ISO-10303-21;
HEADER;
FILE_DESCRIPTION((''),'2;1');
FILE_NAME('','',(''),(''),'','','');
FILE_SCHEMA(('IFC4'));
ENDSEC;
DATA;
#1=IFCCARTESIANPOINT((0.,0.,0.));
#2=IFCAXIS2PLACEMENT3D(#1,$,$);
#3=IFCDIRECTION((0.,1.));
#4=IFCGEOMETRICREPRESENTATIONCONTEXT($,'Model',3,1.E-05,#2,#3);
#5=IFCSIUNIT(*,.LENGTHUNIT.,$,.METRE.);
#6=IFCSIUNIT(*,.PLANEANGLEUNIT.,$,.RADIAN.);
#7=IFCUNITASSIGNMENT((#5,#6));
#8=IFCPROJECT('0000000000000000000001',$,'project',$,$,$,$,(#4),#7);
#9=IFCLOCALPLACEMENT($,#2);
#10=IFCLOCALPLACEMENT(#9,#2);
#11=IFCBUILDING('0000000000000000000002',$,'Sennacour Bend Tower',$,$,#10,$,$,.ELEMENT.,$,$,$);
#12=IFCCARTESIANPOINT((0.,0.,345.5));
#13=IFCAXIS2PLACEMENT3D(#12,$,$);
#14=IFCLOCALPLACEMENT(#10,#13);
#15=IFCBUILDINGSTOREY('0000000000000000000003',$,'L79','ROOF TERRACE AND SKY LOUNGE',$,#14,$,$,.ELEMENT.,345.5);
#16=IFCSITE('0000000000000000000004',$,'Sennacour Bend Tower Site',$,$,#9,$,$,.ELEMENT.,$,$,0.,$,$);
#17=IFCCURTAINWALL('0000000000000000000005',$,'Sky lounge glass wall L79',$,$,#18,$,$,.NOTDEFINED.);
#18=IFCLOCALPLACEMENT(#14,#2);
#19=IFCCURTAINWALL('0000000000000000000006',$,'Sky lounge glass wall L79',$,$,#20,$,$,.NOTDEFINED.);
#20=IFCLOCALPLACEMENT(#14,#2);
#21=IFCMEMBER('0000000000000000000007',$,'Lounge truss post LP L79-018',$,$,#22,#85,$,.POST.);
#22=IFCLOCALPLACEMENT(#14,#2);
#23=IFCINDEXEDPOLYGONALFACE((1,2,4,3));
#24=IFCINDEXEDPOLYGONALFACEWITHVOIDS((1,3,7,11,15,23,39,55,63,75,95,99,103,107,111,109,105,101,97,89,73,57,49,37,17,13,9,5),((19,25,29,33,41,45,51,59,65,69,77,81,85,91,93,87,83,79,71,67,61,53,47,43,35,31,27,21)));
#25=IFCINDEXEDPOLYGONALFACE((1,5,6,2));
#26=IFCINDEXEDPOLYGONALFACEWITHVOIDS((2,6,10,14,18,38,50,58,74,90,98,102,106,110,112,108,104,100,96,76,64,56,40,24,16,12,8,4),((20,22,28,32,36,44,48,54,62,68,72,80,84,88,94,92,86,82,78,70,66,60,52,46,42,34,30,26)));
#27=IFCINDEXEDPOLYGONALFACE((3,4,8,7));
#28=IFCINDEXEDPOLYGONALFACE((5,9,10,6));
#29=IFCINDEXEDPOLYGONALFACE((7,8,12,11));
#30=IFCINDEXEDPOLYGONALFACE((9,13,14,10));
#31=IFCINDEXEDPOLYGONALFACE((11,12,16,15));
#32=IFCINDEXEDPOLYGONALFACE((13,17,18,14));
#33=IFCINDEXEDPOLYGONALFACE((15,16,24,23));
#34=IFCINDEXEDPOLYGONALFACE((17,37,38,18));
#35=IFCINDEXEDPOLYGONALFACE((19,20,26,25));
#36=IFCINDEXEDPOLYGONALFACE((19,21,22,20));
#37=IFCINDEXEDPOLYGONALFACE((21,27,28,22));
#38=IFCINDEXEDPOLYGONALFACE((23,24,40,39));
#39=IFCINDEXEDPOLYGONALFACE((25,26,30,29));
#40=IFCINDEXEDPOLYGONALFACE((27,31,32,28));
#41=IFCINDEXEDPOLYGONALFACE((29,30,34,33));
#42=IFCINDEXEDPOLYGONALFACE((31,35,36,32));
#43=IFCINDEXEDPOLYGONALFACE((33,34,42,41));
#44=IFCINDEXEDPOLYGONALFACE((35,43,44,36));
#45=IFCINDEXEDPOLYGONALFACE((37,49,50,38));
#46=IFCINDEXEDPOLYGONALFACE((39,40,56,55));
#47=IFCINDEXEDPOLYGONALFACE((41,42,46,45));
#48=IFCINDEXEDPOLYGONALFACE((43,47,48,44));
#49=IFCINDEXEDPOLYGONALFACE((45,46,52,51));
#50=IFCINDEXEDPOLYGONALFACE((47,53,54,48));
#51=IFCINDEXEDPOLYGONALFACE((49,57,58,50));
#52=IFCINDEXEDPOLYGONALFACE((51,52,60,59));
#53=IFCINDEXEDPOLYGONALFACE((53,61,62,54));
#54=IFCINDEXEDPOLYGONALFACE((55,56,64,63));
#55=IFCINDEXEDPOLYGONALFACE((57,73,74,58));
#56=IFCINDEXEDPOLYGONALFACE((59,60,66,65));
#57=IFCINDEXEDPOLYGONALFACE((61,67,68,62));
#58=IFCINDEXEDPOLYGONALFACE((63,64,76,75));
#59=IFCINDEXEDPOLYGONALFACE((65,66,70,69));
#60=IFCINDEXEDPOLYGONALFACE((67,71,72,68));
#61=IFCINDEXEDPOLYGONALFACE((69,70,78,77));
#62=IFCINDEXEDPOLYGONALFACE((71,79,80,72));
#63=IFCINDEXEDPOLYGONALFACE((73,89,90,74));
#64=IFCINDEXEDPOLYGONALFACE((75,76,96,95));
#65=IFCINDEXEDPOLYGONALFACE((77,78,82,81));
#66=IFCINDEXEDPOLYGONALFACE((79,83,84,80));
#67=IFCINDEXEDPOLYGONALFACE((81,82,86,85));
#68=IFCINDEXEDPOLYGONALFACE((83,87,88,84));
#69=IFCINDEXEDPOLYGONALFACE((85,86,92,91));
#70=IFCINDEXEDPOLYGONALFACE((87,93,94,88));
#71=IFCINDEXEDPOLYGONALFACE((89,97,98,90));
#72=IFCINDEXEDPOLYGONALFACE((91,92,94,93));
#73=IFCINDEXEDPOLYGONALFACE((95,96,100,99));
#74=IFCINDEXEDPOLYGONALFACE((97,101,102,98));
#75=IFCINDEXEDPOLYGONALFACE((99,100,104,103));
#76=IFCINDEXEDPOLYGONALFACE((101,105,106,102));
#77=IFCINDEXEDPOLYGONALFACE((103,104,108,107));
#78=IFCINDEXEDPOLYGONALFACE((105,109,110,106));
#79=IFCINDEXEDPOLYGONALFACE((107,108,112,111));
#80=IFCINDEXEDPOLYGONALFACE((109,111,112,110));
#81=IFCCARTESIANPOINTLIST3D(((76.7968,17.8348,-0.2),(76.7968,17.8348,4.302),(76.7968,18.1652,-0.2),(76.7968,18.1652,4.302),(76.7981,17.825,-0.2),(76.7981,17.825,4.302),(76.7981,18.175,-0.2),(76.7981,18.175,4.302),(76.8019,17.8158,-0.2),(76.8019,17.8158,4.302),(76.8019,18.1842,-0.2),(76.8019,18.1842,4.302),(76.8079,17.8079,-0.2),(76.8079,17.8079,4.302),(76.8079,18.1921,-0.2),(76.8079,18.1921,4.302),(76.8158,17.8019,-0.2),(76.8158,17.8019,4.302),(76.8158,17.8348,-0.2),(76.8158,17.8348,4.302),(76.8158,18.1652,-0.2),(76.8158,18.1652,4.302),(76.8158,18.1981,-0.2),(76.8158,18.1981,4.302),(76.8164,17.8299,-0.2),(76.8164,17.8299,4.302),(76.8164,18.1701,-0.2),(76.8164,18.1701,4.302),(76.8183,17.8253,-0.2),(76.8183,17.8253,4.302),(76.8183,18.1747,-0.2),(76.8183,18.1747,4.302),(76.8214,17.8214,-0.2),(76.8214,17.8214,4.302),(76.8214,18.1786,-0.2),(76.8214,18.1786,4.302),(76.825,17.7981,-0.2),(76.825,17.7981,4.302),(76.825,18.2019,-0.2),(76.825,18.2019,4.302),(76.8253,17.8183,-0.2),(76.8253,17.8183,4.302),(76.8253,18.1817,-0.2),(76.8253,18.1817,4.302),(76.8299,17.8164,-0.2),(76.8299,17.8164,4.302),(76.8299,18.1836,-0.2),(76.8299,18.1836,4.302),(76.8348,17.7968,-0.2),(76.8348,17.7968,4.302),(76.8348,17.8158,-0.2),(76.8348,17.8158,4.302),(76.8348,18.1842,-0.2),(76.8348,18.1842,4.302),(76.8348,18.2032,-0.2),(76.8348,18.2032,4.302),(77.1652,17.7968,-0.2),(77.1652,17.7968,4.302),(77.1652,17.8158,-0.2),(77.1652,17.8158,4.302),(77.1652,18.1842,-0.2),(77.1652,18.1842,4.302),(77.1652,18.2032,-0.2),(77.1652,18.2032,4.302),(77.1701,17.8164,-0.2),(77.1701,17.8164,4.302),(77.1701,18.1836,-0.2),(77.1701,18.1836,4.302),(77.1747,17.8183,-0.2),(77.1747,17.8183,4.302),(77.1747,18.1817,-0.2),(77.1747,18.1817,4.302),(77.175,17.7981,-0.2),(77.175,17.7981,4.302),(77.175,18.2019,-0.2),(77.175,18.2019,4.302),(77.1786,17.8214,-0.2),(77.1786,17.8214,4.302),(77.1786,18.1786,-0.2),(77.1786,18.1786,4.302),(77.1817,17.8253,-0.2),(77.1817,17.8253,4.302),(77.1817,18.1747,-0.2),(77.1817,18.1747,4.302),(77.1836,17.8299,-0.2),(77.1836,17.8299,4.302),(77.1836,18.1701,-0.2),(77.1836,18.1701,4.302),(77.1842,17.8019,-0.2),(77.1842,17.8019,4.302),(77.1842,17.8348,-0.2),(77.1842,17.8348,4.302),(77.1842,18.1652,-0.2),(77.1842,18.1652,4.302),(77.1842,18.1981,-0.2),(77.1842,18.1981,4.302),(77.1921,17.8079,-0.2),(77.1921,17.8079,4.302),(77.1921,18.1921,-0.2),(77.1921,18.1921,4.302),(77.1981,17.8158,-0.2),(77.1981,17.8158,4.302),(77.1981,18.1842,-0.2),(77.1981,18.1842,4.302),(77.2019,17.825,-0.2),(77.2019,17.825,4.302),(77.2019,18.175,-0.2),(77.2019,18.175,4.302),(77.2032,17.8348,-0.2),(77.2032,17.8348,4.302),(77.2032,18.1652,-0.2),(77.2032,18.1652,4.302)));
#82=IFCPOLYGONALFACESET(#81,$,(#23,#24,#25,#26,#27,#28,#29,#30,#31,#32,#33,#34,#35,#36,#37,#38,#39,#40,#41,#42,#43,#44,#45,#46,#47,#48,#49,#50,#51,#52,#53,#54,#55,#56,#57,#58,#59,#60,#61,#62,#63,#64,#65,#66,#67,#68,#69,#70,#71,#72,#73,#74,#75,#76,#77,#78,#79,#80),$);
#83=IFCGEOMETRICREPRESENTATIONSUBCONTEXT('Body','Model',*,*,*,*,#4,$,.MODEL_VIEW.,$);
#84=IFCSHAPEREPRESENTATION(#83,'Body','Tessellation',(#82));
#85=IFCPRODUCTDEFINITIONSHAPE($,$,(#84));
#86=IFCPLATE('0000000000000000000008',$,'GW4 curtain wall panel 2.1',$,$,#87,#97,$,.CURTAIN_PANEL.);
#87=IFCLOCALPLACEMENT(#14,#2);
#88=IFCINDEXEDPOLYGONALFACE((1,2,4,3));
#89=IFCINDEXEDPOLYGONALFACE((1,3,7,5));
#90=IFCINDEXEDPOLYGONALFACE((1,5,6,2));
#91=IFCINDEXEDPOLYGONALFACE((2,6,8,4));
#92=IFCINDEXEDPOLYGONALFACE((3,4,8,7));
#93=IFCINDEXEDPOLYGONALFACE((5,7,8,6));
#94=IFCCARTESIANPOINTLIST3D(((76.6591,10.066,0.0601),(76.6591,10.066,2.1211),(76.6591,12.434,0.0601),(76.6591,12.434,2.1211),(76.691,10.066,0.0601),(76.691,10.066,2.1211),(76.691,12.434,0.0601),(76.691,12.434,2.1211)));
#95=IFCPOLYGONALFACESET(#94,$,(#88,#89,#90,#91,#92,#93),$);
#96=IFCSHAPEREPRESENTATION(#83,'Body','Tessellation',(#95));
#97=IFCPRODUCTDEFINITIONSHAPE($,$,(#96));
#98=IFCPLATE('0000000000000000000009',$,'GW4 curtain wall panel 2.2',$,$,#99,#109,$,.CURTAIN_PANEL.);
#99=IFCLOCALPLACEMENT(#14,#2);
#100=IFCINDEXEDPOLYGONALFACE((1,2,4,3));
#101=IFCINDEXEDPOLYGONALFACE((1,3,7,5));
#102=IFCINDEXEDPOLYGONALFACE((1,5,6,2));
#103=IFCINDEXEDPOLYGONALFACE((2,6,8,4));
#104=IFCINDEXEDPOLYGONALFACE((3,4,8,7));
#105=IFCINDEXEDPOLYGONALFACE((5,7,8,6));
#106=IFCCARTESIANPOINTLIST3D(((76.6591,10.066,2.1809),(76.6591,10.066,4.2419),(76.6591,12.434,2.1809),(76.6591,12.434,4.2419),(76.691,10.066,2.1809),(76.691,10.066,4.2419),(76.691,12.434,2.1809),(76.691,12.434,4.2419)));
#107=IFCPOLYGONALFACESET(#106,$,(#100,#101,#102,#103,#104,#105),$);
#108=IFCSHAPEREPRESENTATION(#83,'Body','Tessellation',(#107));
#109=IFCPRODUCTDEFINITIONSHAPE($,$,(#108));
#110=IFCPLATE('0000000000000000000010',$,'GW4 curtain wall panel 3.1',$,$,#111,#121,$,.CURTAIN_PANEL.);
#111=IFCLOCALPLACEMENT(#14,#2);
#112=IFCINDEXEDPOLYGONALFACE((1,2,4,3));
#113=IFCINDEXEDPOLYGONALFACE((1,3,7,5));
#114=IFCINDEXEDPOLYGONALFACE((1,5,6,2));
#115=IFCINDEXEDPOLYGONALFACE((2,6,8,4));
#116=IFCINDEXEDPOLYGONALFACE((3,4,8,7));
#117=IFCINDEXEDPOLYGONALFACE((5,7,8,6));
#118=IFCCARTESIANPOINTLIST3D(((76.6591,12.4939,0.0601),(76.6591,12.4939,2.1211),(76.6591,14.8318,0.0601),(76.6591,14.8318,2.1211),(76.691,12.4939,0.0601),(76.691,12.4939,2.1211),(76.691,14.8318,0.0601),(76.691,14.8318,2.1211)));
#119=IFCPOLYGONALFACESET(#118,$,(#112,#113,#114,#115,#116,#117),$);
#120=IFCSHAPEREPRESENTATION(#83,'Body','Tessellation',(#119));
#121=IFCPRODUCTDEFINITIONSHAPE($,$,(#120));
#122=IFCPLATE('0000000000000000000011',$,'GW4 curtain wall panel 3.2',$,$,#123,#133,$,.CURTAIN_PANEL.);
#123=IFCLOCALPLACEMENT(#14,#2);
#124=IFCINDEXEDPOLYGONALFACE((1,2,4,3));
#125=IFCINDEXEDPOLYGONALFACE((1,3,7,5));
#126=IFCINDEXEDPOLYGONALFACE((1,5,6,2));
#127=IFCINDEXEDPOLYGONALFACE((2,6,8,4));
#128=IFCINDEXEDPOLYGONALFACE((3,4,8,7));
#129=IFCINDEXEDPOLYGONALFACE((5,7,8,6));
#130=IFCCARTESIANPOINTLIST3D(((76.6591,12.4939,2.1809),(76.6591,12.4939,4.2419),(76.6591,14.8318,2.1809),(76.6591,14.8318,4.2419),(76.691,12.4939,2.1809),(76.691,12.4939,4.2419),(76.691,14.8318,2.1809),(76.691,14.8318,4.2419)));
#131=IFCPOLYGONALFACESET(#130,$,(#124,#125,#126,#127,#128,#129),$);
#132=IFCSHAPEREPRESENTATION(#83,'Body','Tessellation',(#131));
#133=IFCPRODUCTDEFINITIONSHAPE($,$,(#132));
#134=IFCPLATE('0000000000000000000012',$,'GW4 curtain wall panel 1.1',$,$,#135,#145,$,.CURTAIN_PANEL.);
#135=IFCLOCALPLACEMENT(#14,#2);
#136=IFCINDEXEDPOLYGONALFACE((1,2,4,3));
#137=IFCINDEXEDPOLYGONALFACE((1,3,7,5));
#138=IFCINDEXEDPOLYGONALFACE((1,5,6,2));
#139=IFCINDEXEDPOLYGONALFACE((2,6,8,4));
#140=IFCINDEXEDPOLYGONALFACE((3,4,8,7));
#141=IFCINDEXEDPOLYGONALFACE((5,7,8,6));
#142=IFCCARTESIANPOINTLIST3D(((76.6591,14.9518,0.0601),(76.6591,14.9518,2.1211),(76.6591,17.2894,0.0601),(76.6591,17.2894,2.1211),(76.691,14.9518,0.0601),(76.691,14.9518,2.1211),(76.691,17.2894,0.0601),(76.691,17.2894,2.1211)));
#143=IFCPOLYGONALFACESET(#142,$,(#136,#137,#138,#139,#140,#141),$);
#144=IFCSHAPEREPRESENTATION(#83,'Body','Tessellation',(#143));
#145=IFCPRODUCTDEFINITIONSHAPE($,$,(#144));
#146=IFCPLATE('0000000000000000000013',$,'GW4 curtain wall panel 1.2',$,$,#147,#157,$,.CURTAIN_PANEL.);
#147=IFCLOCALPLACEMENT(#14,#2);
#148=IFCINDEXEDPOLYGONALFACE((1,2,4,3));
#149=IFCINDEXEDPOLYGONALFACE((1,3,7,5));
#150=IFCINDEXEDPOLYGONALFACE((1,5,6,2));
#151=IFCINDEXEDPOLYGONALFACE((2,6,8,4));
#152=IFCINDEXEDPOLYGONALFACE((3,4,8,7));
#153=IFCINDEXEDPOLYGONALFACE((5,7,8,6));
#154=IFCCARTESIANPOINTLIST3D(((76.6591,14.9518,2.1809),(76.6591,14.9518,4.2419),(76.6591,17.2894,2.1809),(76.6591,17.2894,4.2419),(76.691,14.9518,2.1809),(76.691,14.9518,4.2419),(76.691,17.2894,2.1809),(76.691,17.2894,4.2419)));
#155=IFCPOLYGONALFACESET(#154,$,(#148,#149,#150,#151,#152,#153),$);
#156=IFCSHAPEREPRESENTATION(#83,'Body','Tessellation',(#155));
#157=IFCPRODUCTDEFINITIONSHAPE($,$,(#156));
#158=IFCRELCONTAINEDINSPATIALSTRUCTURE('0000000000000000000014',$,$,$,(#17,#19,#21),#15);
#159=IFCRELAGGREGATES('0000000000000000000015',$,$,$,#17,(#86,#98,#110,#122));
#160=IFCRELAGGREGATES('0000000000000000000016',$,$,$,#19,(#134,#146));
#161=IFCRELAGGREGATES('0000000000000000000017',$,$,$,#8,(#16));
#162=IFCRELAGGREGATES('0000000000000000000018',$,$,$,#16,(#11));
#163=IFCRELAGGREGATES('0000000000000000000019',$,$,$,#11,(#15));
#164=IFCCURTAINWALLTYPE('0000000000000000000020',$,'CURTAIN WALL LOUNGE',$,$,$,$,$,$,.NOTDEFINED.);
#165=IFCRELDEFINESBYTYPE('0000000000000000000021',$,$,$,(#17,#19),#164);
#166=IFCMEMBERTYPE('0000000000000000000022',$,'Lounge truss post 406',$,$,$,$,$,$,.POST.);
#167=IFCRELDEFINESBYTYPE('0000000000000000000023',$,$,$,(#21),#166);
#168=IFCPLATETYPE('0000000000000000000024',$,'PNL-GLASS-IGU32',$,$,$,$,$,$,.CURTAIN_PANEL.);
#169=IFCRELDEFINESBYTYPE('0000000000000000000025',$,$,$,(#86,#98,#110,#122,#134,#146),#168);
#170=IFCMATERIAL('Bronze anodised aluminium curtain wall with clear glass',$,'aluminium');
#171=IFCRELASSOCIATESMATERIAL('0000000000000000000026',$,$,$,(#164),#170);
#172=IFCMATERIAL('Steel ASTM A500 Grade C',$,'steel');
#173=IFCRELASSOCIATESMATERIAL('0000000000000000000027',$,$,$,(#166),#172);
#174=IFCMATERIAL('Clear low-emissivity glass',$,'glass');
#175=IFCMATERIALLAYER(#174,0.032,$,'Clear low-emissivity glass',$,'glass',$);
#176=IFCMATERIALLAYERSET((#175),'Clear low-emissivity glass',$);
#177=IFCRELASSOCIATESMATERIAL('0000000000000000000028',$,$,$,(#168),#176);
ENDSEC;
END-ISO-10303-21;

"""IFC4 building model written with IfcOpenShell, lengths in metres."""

from ifc_helpers import new_model, si_unit, direction, frame, origin, origin_2d, place, context, subcontext, project, spatial, rectangle, hollow_rectangle, extrude, material, layer, layer_set, material_profile, profile_set, type_object, element, aggregate, save


model = new_model("IFC4")

# Units and contexts
model_context = context("Model", 3, precision=1e-05, world=origin(), true_north=direction((0.0, 1.0)))
body_context = subcontext(model_context, "Body", "Model", "MODEL_VIEW")
ifc_project = project(units=[si_unit("LENGTHUNIT", "METRE"), si_unit("PLANEANGLEUNIT", "RADIAN")], contexts=[model_context])

# Site, building, storey
site_placement = place(None, origin())
site = spatial("IfcSite", under=ifc_project, at=site_placement, Name="Sennacour Bend Tower Site", CompositionType="ELEMENT", RefElevation=0.0)
building_placement = place(site_placement, origin())
building = spatial("IfcBuilding", under=site, at=building_placement, Name="Sennacour Bend Tower", CompositionType="ELEMENT")
storey_placement = place(building_placement, frame((0.0, 0.0, 345.5)))
storey = spatial("IfcBuildingStorey", under=building, at=storey_placement, Name="L79", Description="ROOF TERRACE AND SKY LOUNGE", CompositionType="ELEMENT", Elevation=345.5)

# Curtain walls
ifc_material_1 = material(Name="Bronze anodised aluminium curtain wall with clear glass", Category="aluminium")
curtain_wall_type = type_object("IfcCurtainWallType", Name="CURTAIN WALL LOUNGE", PredefinedType="NOTDEFINED", material=ifc_material_1)
curtain_wall_1_placement = place(storey_placement, origin())
curtain_wall_1 = element("IfcCurtainWall", 1, at=curtain_wall_1_placement, inside=storey, type_object=curtain_wall_type, Name="Sky lounge glass wall L79", PredefinedType="NOTDEFINED")
curtain_wall_2_placement = place(storey_placement, origin())
curtain_wall_2 = element("IfcCurtainWall", 2, at=curtain_wall_2_placement, inside=storey, type_object=curtain_wall_type, Name="Sky lounge glass wall L79", PredefinedType="NOTDEFINED")

# Member
ifc_material_2 = material(Name="Steel ASTM A500 Grade C", Category="steel")
ifc_material_profile_1 = material_profile(ifc_material_2, hollow_rectangle(XDim=0.4065, YDim=0.4065, WallThickness=0.019, InnerFilletRadius=0.019, OuterFilletRadius=0.0381, at=origin_2d()), Name="Steel ASTM A500 Grade C", Category="steel")
ifc_profile_set_1 = profile_set([ifc_material_profile_1], Name="Steel ASTM A500 Grade C")
member_type_1 = type_object("IfcMemberType", Name="Lounge truss post 406", PredefinedType="POST", material=ifc_profile_set_1)
for number, where, z_axis, x_axis, name in (
    (3, (77.0, 18.0, -0.2), (0.0, 0.0, 1.0), (1.0, 0.0, 0.0), "Lounge truss post LP L79-018"),
):
    element("IfcMember", number, at=place(storey_placement, frame(where, z_axis=z_axis, x_axis=x_axis)), inside=storey, type_object=member_type_1, Name=name, PredefinedType="POST", context=body_context, shape_type="SweptSolid", body=[
        extrude(hollow_rectangle(XDim=0.4065, YDim=0.4065, WallThickness=0.019, InnerFilletRadius=0.019, OuterFilletRadius=0.0381, at=origin_2d()), origin(), (0.0, 0.0, 1.0), 4.502),
    ])

# Plates
ifc_material_3 = material(Name="Clear low-emissivity glass", Category="glass")
ifc_layer = layer(ifc_material_3, 0.032, Name="Clear low-emissivity glass", Category="glass")
ifc_layer_set = layer_set([ifc_layer], Name="Clear low-emissivity glass")
plate_type = type_object("IfcPlateType", Name="PNL-GLASS-IGU32", PredefinedType="CURTAIN_PANEL", material=ifc_layer_set)
plate_1_placement = place(storey_placement, frame((76.675, 11.25, 0.0601), z_axis=(0.0, 0.0, 1.0), x_axis=(0.0, 1.0, 0.0)))
plate_1 = element("IfcPlate", 4, at=plate_1_placement, type_object=plate_type, Name="GW4 curtain wall panel 2.1", PredefinedType="CURTAIN_PANEL", context=body_context, shape_type="SweptSolid", body=[
    extrude(rectangle(XDim=2.3679, YDim=0.032, at=origin_2d()), origin(), (0.0, 0.0, 1.0), 2.061),
])
plate_2_placement = place(storey_placement, frame((76.675, 11.25, 2.1809), z_axis=(0.0, 0.0, 1.0), x_axis=(0.0, 1.0, 0.0)))
plate_2 = element("IfcPlate", 5, at=plate_2_placement, type_object=plate_type, Name="GW4 curtain wall panel 2.2", PredefinedType="CURTAIN_PANEL", context=body_context, shape_type="SweptSolid", body=[
    extrude(rectangle(XDim=2.3679, YDim=0.032, at=origin_2d()), origin(), (0.0, 0.0, 1.0), 2.061),
])
plate_3_placement = place(storey_placement, frame((76.675, 13.6628, 0.0601), z_axis=(0.0, 0.0, 1.0), x_axis=(0.0, 1.0, 0.0)))
plate_3 = element("IfcPlate", 6, at=plate_3_placement, type_object=plate_type, Name="GW4 curtain wall panel 3.1", PredefinedType="CURTAIN_PANEL", context=body_context, shape_type="SweptSolid", body=[
    extrude(rectangle(XDim=2.3379, YDim=0.032, at=origin_2d()), origin(), (0.0, 0.0, 1.0), 2.061),
])
plate_4_placement = place(storey_placement, frame((76.675, 13.6628, 2.1809), z_axis=(0.0, 0.0, 1.0), x_axis=(0.0, 1.0, 0.0)))
plate_4 = element("IfcPlate", 7, at=plate_4_placement, type_object=plate_type, Name="GW4 curtain wall panel 3.2", PredefinedType="CURTAIN_PANEL", context=body_context, shape_type="SweptSolid", body=[
    extrude(rectangle(XDim=2.3379, YDim=0.032, at=origin_2d()), origin(), (0.0, 0.0, 1.0), 2.061),
])
aggregate(curtain_wall_1, [plate_1, plate_2, plate_3, plate_4])
plate_5_placement = place(storey_placement, frame((76.675, 16.1206, 0.0601), z_axis=(0.0, 0.0, 1.0), x_axis=(0.0, 1.0, 0.0)))
plate_5 = element("IfcPlate", 8, at=plate_5_placement, type_object=plate_type, Name="GW4 curtain wall panel 1.1", PredefinedType="CURTAIN_PANEL", context=body_context, shape_type="SweptSolid", body=[
    extrude(rectangle(XDim=2.3376, YDim=0.032, at=origin_2d()), origin(), (0.0, 0.0, 1.0), 2.061),
])
plate_6_placement = place(storey_placement, frame((76.675, 16.1206, 2.1809), z_axis=(0.0, 0.0, 1.0), x_axis=(0.0, 1.0, 0.0)))
plate_6 = element("IfcPlate", 9, at=plate_6_placement, type_object=plate_type, Name="GW4 curtain wall panel 1.2", PredefinedType="CURTAIN_PANEL", context=body_context, shape_type="SweptSolid", body=[
    extrude(rectangle(XDim=2.3376, YDim=0.032, at=origin_2d()), origin(), (0.0, 0.0, 1.0), 2.061),
])
aggregate(curtain_wall_2, [plate_5, plate_6])

save(model, "model.ifc")
